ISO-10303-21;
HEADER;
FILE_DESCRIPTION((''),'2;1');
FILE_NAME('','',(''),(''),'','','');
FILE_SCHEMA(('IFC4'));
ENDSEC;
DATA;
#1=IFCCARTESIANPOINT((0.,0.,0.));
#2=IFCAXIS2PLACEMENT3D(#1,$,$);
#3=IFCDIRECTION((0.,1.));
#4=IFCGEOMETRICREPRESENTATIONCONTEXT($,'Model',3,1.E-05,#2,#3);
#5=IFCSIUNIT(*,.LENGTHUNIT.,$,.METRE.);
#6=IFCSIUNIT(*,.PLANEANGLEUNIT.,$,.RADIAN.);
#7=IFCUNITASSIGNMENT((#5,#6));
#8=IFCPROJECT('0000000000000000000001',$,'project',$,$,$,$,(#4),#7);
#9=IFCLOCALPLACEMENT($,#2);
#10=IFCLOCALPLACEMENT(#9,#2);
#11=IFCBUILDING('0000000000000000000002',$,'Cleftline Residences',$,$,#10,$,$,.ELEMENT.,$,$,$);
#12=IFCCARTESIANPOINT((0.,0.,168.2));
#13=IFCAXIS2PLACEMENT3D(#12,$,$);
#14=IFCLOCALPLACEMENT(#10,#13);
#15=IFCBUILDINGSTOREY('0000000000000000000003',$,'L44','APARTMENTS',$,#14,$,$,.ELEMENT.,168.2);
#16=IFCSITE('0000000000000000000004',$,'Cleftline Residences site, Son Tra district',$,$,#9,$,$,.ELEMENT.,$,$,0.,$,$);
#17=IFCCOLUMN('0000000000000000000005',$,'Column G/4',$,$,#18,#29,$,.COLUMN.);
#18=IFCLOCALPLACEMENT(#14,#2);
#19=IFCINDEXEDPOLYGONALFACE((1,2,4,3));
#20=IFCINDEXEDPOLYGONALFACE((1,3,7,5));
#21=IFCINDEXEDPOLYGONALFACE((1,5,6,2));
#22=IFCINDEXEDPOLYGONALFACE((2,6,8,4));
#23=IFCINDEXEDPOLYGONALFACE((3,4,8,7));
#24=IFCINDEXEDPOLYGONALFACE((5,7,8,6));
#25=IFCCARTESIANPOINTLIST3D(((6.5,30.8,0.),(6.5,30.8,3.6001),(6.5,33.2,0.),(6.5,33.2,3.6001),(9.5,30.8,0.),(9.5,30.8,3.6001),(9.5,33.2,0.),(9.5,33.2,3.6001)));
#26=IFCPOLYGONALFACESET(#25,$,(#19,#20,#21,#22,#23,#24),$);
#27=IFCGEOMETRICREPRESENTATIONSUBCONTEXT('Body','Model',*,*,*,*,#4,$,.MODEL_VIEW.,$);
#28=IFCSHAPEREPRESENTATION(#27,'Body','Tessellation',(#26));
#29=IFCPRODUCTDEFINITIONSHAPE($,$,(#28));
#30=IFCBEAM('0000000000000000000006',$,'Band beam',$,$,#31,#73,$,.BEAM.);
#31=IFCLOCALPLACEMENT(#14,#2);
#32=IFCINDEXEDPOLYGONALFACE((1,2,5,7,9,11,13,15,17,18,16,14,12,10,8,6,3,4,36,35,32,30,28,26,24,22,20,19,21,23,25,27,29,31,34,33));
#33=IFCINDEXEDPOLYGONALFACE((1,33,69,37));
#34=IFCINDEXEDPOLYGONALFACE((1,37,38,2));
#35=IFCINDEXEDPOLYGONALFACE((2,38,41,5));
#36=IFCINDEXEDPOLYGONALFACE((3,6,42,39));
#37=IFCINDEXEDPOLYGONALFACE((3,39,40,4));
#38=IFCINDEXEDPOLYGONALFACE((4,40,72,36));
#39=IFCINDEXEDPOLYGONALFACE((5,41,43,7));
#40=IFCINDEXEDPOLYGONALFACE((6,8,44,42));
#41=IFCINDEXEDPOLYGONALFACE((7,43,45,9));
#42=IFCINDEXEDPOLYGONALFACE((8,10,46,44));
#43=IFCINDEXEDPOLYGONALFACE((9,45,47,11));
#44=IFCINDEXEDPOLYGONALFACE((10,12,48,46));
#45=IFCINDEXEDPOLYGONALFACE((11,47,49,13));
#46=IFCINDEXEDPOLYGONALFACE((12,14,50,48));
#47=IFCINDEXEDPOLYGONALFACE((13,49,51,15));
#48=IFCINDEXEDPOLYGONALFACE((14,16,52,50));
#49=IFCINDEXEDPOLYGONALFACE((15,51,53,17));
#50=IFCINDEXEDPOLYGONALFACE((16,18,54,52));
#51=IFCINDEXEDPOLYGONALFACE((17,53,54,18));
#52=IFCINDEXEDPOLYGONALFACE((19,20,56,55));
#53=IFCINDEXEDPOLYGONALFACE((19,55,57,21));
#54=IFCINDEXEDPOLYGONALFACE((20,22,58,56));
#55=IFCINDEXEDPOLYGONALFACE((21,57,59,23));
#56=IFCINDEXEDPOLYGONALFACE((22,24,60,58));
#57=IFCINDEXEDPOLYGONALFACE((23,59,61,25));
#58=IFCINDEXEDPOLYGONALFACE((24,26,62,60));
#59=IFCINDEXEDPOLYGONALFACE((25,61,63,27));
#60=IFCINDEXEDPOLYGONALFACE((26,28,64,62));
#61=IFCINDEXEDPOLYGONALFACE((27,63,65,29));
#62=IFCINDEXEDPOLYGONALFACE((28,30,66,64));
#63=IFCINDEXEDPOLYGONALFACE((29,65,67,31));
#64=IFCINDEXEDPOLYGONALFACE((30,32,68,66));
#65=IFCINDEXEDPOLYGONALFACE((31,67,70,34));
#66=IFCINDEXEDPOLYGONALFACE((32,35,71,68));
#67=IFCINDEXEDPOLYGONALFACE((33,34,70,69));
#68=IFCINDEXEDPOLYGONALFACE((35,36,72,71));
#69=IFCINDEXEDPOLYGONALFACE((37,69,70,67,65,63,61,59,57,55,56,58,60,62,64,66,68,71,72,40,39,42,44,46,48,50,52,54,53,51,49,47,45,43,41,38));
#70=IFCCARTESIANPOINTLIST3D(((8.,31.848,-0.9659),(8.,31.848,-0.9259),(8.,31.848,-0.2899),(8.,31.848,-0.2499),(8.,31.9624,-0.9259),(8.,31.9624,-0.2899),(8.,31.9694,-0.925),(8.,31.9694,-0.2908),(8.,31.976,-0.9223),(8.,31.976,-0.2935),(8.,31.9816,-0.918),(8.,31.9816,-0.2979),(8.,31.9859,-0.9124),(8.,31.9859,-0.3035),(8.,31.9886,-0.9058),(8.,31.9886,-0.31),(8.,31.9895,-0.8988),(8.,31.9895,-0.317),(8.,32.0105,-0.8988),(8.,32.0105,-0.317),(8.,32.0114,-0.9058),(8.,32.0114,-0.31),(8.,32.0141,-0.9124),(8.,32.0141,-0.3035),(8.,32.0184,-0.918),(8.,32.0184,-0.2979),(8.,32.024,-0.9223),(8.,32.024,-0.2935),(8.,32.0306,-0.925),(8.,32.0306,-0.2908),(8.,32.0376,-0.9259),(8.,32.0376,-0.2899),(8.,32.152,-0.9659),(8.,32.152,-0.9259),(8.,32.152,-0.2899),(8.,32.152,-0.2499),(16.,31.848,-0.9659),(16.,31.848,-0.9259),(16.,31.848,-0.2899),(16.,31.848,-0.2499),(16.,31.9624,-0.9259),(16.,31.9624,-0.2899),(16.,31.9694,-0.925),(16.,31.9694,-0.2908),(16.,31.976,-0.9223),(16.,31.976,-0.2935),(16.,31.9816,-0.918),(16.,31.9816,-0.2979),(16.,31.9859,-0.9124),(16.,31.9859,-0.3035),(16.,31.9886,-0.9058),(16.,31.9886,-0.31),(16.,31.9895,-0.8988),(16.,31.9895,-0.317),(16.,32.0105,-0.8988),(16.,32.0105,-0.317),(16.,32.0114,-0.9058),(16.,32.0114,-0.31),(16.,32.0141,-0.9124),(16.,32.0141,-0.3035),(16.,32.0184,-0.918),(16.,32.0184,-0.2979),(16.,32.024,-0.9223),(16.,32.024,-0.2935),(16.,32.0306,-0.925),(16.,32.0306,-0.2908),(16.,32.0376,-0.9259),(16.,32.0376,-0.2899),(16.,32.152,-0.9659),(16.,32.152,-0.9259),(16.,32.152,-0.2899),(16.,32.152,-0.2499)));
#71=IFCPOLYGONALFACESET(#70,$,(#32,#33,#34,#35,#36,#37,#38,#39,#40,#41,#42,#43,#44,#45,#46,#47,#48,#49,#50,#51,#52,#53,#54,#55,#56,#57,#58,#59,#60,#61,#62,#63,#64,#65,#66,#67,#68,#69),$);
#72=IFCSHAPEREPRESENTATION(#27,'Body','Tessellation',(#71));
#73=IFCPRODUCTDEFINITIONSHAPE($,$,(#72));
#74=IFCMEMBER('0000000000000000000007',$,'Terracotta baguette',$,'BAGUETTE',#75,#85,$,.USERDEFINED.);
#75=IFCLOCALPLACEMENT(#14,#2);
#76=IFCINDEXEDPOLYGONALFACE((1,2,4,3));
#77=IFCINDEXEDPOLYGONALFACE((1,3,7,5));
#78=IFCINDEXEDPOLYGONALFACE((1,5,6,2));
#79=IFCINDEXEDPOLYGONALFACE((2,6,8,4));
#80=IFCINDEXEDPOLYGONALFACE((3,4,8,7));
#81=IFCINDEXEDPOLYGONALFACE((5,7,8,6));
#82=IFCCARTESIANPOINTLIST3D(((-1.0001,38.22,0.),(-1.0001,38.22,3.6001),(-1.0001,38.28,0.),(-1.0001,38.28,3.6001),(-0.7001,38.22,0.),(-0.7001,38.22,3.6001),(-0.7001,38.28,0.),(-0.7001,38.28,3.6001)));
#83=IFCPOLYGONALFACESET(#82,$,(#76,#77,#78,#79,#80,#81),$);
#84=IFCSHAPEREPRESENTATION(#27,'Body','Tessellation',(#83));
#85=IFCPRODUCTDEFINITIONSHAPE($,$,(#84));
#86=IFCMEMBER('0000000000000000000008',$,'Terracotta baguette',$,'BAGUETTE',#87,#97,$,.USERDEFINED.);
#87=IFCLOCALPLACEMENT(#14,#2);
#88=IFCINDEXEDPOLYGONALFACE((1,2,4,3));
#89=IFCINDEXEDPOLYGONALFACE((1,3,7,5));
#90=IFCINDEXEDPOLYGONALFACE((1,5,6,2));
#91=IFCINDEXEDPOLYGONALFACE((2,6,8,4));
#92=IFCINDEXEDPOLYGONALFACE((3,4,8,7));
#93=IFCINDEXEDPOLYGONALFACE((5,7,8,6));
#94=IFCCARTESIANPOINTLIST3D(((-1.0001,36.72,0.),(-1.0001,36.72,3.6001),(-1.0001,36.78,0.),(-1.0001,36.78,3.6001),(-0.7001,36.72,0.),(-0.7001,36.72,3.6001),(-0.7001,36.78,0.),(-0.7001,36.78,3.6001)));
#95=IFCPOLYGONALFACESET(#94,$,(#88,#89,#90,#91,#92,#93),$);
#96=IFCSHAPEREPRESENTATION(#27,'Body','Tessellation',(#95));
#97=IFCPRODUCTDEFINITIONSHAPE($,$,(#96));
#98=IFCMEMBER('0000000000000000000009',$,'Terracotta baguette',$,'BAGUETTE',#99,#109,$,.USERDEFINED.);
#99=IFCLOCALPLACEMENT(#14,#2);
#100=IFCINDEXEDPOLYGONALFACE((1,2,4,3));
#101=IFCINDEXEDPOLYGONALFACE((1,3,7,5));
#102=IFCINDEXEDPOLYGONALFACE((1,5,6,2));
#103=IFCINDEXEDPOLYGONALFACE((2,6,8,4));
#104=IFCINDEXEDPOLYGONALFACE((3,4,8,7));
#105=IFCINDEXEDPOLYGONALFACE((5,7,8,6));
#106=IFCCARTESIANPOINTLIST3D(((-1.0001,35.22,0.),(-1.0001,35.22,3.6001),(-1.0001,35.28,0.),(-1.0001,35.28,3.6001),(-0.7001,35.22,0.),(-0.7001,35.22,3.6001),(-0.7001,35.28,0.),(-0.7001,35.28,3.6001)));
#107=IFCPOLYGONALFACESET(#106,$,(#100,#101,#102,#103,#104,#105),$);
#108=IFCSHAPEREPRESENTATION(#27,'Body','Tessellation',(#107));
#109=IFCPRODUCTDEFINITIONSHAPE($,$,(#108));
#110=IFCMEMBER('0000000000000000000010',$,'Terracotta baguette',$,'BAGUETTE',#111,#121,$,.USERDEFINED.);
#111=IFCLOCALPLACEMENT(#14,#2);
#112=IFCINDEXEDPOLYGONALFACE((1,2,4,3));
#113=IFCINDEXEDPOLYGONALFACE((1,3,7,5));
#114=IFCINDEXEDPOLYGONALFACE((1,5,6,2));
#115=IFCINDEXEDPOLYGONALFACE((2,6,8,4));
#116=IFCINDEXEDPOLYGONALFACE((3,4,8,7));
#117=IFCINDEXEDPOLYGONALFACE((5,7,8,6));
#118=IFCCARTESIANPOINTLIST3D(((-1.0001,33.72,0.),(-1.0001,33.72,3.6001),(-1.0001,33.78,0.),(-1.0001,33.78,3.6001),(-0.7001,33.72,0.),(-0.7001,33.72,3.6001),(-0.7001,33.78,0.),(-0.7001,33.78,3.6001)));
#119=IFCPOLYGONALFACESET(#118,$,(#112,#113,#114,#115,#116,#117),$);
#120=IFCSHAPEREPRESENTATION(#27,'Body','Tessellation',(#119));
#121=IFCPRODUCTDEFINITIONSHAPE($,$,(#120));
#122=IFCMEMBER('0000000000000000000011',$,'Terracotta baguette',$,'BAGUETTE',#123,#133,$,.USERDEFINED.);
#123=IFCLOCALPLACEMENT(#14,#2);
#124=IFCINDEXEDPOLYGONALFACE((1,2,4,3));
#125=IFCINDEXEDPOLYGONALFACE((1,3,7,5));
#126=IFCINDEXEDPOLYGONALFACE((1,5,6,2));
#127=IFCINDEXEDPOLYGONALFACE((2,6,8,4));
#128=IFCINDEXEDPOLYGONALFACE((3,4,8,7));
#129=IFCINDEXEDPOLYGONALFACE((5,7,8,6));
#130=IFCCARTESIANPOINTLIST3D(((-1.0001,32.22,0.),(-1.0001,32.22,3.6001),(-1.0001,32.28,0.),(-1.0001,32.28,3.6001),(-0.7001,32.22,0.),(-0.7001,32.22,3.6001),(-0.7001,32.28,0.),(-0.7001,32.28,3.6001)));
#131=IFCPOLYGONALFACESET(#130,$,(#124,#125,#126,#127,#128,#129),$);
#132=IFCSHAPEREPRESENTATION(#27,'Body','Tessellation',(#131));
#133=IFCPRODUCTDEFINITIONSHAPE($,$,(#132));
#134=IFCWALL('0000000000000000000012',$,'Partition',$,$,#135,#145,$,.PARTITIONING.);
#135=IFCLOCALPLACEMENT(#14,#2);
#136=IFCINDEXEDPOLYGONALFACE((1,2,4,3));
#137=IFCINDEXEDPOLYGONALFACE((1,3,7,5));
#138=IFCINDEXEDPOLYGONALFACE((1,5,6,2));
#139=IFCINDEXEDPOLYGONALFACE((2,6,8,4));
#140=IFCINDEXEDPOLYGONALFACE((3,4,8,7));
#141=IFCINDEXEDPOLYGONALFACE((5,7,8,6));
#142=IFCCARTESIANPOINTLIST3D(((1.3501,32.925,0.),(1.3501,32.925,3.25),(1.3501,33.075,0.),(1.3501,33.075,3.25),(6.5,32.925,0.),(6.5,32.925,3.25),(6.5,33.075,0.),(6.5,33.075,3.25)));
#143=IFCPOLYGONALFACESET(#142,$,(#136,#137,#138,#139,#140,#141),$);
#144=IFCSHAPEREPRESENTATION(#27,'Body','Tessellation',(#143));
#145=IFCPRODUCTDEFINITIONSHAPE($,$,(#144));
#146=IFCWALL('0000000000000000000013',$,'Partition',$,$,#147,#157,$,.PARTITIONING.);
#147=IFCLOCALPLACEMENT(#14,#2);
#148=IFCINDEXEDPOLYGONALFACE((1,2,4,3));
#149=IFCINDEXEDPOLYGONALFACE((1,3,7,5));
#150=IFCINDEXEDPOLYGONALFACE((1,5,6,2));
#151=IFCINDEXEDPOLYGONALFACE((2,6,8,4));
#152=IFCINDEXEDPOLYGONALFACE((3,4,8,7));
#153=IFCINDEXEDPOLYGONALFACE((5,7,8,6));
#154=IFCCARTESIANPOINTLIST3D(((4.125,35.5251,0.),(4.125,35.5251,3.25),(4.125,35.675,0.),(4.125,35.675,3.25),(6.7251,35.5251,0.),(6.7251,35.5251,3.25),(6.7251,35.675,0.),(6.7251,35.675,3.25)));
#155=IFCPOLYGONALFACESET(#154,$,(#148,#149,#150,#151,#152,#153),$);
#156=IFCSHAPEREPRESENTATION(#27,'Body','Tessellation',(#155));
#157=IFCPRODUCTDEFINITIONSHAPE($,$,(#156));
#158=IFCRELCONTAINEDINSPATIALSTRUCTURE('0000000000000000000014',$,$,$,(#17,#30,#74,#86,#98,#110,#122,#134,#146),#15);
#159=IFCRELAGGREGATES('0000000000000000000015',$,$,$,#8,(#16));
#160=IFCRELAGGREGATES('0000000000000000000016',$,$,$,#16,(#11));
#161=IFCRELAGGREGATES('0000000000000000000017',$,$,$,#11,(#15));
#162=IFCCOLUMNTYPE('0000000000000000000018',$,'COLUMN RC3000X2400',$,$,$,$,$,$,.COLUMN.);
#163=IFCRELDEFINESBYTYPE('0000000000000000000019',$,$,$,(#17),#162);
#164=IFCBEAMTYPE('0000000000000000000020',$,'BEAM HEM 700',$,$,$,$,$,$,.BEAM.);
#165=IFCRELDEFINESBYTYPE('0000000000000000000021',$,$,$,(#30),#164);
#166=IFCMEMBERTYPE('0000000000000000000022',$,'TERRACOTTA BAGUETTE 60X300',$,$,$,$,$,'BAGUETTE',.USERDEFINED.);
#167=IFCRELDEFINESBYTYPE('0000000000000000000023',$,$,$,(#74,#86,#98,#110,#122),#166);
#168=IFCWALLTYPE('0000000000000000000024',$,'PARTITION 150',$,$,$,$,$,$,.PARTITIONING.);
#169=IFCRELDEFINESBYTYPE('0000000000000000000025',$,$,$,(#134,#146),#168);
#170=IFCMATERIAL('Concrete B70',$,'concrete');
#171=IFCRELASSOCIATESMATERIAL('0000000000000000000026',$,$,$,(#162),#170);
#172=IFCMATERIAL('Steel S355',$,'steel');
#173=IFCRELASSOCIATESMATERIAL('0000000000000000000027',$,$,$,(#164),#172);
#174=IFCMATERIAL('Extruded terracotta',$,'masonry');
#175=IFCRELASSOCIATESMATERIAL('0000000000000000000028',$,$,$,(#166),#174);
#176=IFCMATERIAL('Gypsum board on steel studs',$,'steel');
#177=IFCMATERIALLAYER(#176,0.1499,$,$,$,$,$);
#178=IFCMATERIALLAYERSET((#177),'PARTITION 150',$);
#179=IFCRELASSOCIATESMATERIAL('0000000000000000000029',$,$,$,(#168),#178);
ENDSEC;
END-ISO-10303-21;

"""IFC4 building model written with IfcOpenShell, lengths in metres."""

from ifc_helpers import new_model, si_unit, direction, frame, frame_2d, origin, origin_2d, place, context, subcontext, project, spatial, rectangle, i_section, extrude, material, layer, layer_set, material_profile, profile_set, type_object, element, save


model = new_model("IFC4")

# Units and contexts
model_context = context("Model", 3, precision=1e-05, world=origin(), true_north=direction((0.0, 1.0)))
body_context = subcontext(model_context, "Body", "Model", "MODEL_VIEW")
ifc_project = project(units=[si_unit("LENGTHUNIT", "METRE"), si_unit("PLANEANGLEUNIT", "RADIAN")], contexts=[model_context])

# Site, building, storey
site_placement = place(None, origin())
site = spatial("IfcSite", under=ifc_project, at=site_placement, Name="Cleftline Residences site, Son Tra district", CompositionType="ELEMENT", RefElevation=0.0)
building_placement = place(site_placement, origin())
building = spatial("IfcBuilding", under=site, at=building_placement, Name="Cleftline Residences", CompositionType="ELEMENT")
storey_placement = place(building_placement, frame((0.0, 0.0, 168.2)))
storey = spatial("IfcBuildingStorey", under=building, at=storey_placement, Name="L44", Description="APARTMENTS", CompositionType="ELEMENT", Elevation=168.2)

# Column
ifc_material_1 = material(Name="Concrete B70", Category="concrete")
ifc_material_profile_1 = material_profile(ifc_material_1, rectangle(XDim=3.0, YDim=2.3999, at=origin_2d()))
ifc_profile_set_1 = profile_set([ifc_material_profile_1], Name="Concrete B70")
column_type = type_object("IfcColumnType", Name="COLUMN RC3000X2400", PredefinedType="COLUMN", material=ifc_profile_set_1)
column_placement = place(storey_placement, frame((8.0, 32.0, 0.0), z_axis=(0.0, 0.0, 1.0), x_axis=(1.0, 0.0, 0.0)))
element("IfcColumn", 1, at=column_placement, inside=storey, type_object=column_type, Name="Column G/4", PredefinedType="COLUMN", context=body_context, shape_type="SweptSolid", body=[
    extrude(rectangle(XDim=3.0, YDim=2.3999, at=origin_2d()), origin(), (0.0, 0.0, 1.0), 3.6001),
])

# Beam
ifc_material_2 = material(Name="Steel S355", Category="steel")
ifc_material_profile_2 = material_profile(ifc_material_2, i_section(OverallWidth=0.304, OverallDepth=0.7161, WebThickness=0.021, FlangeThickness=0.04, FilletRadius=0.0271, at=origin_2d()))
ifc_profile_set_2 = profile_set([ifc_material_profile_2], Name="Steel S355")
beam_type = type_object("IfcBeamType", Name="BEAM HEM 700", PredefinedType="BEAM", material=ifc_profile_set_2)
beam_placement = place(storey_placement, frame((8.0, 32.0, -0.6079), z_axis=(1.0, 0.0, 0.0), x_axis=(0.0, 1.0, 0.0)))
element("IfcBeam", 2, at=beam_placement, inside=storey, type_object=beam_type, Name="Band beam", PredefinedType="BEAM", context=body_context, shape_type="SweptSolid", body=[
    extrude(i_section(OverallWidth=0.304, OverallDepth=0.7161, WebThickness=0.021, FlangeThickness=0.04, FilletRadius=0.0271, at=origin_2d()), origin(), (0.0, 0.0, 1.0), 8.0),
])

# Members
ifc_material_3 = material(Name="Extruded terracotta", Category="masonry")
ifc_material_profile_3 = material_profile(ifc_material_3, rectangle(XDim=0.0601, YDim=0.3, at=origin_2d()))
ifc_profile_set_3 = profile_set([ifc_material_profile_3], Name="Extruded terracotta")
member_type = type_object("IfcMemberType", Name="TERRACOTTA BAGUETTE 60X300", ElementType="BAGUETTE", PredefinedType="USERDEFINED", material=ifc_profile_set_3)
for number, where, z_axis, x_axis, name in (
    (3, (-0.8501, 38.25, 0.0), (0.0, 0.0, 1.0), (0.0, 1.0, 0.0), "Terracotta baguette"),
    (4, (-0.8501, 36.75, 0.0), (0.0, 0.0, 1.0), (0.0, 1.0, 0.0), "Terracotta baguette"),
    (5, (-0.8501, 35.25, 0.0), (0.0, 0.0, 1.0), (0.0, 1.0, 0.0), "Terracotta baguette"),
    (6, (-0.8501, 33.75, 0.0), (0.0, 0.0, 1.0), (0.0, 1.0, 0.0), "Terracotta baguette"),
    (7, (-0.8501, 32.25, 0.0), (0.0, 0.0, 1.0), (0.0, 1.0, 0.0), "Terracotta baguette"),
):
    element("IfcMember", number, at=place(storey_placement, frame(where, z_axis=z_axis, x_axis=x_axis)), inside=storey, type_object=member_type, Name=name, ObjectType="BAGUETTE", PredefinedType="USERDEFINED", context=body_context, shape_type="SweptSolid", body=[
        extrude(rectangle(XDim=0.0601, YDim=0.3, at=origin_2d()), origin(), (0.0, 0.0, 1.0), 3.6001),
    ])

# Walls
ifc_material_4 = material(Name="Gypsum board on steel studs", Category="steel")
ifc_layer = layer(ifc_material_4, 0.1499)
ifc_layer_set = layer_set([ifc_layer], Name="PARTITION 150")
wall_type = type_object("IfcWallType", Name="PARTITION 150", PredefinedType="PARTITIONING", material=ifc_layer_set)
wall_1_placement = place(storey_placement, frame((1.3501, 33.0, 0.0), z_axis=(0.0, 0.0, 1.0), x_axis=(1.0, 0.0, 0.0)))
element("IfcWall", 8, at=wall_1_placement, inside=storey, type_object=wall_type, Name="Partition", PredefinedType="PARTITIONING", context=body_context, shape_type="SweptSolid", body=[
    extrude(rectangle(XDim=5.1499, YDim=0.1499, at=frame_2d((2.575, 0.0))), origin(), (0.0, 0.0, 1.0), 3.25),
])
wall_2_placement = place(storey_placement, frame((4.125, 35.6001, 0.0), z_axis=(0.0, 0.0, 1.0), x_axis=(1.0, 0.0, 0.0)))
element("IfcWall", 9, at=wall_2_placement, inside=storey, type_object=wall_type, Name="Partition", PredefinedType="PARTITIONING", context=body_context, shape_type="SweptSolid", body=[
    extrude(rectangle(XDim=2.6001, YDim=0.1499, at=frame_2d((1.3, 0.0))), origin(), (0.0, 0.0, 1.0), 3.25),
])

save(model, "model.ifc")
